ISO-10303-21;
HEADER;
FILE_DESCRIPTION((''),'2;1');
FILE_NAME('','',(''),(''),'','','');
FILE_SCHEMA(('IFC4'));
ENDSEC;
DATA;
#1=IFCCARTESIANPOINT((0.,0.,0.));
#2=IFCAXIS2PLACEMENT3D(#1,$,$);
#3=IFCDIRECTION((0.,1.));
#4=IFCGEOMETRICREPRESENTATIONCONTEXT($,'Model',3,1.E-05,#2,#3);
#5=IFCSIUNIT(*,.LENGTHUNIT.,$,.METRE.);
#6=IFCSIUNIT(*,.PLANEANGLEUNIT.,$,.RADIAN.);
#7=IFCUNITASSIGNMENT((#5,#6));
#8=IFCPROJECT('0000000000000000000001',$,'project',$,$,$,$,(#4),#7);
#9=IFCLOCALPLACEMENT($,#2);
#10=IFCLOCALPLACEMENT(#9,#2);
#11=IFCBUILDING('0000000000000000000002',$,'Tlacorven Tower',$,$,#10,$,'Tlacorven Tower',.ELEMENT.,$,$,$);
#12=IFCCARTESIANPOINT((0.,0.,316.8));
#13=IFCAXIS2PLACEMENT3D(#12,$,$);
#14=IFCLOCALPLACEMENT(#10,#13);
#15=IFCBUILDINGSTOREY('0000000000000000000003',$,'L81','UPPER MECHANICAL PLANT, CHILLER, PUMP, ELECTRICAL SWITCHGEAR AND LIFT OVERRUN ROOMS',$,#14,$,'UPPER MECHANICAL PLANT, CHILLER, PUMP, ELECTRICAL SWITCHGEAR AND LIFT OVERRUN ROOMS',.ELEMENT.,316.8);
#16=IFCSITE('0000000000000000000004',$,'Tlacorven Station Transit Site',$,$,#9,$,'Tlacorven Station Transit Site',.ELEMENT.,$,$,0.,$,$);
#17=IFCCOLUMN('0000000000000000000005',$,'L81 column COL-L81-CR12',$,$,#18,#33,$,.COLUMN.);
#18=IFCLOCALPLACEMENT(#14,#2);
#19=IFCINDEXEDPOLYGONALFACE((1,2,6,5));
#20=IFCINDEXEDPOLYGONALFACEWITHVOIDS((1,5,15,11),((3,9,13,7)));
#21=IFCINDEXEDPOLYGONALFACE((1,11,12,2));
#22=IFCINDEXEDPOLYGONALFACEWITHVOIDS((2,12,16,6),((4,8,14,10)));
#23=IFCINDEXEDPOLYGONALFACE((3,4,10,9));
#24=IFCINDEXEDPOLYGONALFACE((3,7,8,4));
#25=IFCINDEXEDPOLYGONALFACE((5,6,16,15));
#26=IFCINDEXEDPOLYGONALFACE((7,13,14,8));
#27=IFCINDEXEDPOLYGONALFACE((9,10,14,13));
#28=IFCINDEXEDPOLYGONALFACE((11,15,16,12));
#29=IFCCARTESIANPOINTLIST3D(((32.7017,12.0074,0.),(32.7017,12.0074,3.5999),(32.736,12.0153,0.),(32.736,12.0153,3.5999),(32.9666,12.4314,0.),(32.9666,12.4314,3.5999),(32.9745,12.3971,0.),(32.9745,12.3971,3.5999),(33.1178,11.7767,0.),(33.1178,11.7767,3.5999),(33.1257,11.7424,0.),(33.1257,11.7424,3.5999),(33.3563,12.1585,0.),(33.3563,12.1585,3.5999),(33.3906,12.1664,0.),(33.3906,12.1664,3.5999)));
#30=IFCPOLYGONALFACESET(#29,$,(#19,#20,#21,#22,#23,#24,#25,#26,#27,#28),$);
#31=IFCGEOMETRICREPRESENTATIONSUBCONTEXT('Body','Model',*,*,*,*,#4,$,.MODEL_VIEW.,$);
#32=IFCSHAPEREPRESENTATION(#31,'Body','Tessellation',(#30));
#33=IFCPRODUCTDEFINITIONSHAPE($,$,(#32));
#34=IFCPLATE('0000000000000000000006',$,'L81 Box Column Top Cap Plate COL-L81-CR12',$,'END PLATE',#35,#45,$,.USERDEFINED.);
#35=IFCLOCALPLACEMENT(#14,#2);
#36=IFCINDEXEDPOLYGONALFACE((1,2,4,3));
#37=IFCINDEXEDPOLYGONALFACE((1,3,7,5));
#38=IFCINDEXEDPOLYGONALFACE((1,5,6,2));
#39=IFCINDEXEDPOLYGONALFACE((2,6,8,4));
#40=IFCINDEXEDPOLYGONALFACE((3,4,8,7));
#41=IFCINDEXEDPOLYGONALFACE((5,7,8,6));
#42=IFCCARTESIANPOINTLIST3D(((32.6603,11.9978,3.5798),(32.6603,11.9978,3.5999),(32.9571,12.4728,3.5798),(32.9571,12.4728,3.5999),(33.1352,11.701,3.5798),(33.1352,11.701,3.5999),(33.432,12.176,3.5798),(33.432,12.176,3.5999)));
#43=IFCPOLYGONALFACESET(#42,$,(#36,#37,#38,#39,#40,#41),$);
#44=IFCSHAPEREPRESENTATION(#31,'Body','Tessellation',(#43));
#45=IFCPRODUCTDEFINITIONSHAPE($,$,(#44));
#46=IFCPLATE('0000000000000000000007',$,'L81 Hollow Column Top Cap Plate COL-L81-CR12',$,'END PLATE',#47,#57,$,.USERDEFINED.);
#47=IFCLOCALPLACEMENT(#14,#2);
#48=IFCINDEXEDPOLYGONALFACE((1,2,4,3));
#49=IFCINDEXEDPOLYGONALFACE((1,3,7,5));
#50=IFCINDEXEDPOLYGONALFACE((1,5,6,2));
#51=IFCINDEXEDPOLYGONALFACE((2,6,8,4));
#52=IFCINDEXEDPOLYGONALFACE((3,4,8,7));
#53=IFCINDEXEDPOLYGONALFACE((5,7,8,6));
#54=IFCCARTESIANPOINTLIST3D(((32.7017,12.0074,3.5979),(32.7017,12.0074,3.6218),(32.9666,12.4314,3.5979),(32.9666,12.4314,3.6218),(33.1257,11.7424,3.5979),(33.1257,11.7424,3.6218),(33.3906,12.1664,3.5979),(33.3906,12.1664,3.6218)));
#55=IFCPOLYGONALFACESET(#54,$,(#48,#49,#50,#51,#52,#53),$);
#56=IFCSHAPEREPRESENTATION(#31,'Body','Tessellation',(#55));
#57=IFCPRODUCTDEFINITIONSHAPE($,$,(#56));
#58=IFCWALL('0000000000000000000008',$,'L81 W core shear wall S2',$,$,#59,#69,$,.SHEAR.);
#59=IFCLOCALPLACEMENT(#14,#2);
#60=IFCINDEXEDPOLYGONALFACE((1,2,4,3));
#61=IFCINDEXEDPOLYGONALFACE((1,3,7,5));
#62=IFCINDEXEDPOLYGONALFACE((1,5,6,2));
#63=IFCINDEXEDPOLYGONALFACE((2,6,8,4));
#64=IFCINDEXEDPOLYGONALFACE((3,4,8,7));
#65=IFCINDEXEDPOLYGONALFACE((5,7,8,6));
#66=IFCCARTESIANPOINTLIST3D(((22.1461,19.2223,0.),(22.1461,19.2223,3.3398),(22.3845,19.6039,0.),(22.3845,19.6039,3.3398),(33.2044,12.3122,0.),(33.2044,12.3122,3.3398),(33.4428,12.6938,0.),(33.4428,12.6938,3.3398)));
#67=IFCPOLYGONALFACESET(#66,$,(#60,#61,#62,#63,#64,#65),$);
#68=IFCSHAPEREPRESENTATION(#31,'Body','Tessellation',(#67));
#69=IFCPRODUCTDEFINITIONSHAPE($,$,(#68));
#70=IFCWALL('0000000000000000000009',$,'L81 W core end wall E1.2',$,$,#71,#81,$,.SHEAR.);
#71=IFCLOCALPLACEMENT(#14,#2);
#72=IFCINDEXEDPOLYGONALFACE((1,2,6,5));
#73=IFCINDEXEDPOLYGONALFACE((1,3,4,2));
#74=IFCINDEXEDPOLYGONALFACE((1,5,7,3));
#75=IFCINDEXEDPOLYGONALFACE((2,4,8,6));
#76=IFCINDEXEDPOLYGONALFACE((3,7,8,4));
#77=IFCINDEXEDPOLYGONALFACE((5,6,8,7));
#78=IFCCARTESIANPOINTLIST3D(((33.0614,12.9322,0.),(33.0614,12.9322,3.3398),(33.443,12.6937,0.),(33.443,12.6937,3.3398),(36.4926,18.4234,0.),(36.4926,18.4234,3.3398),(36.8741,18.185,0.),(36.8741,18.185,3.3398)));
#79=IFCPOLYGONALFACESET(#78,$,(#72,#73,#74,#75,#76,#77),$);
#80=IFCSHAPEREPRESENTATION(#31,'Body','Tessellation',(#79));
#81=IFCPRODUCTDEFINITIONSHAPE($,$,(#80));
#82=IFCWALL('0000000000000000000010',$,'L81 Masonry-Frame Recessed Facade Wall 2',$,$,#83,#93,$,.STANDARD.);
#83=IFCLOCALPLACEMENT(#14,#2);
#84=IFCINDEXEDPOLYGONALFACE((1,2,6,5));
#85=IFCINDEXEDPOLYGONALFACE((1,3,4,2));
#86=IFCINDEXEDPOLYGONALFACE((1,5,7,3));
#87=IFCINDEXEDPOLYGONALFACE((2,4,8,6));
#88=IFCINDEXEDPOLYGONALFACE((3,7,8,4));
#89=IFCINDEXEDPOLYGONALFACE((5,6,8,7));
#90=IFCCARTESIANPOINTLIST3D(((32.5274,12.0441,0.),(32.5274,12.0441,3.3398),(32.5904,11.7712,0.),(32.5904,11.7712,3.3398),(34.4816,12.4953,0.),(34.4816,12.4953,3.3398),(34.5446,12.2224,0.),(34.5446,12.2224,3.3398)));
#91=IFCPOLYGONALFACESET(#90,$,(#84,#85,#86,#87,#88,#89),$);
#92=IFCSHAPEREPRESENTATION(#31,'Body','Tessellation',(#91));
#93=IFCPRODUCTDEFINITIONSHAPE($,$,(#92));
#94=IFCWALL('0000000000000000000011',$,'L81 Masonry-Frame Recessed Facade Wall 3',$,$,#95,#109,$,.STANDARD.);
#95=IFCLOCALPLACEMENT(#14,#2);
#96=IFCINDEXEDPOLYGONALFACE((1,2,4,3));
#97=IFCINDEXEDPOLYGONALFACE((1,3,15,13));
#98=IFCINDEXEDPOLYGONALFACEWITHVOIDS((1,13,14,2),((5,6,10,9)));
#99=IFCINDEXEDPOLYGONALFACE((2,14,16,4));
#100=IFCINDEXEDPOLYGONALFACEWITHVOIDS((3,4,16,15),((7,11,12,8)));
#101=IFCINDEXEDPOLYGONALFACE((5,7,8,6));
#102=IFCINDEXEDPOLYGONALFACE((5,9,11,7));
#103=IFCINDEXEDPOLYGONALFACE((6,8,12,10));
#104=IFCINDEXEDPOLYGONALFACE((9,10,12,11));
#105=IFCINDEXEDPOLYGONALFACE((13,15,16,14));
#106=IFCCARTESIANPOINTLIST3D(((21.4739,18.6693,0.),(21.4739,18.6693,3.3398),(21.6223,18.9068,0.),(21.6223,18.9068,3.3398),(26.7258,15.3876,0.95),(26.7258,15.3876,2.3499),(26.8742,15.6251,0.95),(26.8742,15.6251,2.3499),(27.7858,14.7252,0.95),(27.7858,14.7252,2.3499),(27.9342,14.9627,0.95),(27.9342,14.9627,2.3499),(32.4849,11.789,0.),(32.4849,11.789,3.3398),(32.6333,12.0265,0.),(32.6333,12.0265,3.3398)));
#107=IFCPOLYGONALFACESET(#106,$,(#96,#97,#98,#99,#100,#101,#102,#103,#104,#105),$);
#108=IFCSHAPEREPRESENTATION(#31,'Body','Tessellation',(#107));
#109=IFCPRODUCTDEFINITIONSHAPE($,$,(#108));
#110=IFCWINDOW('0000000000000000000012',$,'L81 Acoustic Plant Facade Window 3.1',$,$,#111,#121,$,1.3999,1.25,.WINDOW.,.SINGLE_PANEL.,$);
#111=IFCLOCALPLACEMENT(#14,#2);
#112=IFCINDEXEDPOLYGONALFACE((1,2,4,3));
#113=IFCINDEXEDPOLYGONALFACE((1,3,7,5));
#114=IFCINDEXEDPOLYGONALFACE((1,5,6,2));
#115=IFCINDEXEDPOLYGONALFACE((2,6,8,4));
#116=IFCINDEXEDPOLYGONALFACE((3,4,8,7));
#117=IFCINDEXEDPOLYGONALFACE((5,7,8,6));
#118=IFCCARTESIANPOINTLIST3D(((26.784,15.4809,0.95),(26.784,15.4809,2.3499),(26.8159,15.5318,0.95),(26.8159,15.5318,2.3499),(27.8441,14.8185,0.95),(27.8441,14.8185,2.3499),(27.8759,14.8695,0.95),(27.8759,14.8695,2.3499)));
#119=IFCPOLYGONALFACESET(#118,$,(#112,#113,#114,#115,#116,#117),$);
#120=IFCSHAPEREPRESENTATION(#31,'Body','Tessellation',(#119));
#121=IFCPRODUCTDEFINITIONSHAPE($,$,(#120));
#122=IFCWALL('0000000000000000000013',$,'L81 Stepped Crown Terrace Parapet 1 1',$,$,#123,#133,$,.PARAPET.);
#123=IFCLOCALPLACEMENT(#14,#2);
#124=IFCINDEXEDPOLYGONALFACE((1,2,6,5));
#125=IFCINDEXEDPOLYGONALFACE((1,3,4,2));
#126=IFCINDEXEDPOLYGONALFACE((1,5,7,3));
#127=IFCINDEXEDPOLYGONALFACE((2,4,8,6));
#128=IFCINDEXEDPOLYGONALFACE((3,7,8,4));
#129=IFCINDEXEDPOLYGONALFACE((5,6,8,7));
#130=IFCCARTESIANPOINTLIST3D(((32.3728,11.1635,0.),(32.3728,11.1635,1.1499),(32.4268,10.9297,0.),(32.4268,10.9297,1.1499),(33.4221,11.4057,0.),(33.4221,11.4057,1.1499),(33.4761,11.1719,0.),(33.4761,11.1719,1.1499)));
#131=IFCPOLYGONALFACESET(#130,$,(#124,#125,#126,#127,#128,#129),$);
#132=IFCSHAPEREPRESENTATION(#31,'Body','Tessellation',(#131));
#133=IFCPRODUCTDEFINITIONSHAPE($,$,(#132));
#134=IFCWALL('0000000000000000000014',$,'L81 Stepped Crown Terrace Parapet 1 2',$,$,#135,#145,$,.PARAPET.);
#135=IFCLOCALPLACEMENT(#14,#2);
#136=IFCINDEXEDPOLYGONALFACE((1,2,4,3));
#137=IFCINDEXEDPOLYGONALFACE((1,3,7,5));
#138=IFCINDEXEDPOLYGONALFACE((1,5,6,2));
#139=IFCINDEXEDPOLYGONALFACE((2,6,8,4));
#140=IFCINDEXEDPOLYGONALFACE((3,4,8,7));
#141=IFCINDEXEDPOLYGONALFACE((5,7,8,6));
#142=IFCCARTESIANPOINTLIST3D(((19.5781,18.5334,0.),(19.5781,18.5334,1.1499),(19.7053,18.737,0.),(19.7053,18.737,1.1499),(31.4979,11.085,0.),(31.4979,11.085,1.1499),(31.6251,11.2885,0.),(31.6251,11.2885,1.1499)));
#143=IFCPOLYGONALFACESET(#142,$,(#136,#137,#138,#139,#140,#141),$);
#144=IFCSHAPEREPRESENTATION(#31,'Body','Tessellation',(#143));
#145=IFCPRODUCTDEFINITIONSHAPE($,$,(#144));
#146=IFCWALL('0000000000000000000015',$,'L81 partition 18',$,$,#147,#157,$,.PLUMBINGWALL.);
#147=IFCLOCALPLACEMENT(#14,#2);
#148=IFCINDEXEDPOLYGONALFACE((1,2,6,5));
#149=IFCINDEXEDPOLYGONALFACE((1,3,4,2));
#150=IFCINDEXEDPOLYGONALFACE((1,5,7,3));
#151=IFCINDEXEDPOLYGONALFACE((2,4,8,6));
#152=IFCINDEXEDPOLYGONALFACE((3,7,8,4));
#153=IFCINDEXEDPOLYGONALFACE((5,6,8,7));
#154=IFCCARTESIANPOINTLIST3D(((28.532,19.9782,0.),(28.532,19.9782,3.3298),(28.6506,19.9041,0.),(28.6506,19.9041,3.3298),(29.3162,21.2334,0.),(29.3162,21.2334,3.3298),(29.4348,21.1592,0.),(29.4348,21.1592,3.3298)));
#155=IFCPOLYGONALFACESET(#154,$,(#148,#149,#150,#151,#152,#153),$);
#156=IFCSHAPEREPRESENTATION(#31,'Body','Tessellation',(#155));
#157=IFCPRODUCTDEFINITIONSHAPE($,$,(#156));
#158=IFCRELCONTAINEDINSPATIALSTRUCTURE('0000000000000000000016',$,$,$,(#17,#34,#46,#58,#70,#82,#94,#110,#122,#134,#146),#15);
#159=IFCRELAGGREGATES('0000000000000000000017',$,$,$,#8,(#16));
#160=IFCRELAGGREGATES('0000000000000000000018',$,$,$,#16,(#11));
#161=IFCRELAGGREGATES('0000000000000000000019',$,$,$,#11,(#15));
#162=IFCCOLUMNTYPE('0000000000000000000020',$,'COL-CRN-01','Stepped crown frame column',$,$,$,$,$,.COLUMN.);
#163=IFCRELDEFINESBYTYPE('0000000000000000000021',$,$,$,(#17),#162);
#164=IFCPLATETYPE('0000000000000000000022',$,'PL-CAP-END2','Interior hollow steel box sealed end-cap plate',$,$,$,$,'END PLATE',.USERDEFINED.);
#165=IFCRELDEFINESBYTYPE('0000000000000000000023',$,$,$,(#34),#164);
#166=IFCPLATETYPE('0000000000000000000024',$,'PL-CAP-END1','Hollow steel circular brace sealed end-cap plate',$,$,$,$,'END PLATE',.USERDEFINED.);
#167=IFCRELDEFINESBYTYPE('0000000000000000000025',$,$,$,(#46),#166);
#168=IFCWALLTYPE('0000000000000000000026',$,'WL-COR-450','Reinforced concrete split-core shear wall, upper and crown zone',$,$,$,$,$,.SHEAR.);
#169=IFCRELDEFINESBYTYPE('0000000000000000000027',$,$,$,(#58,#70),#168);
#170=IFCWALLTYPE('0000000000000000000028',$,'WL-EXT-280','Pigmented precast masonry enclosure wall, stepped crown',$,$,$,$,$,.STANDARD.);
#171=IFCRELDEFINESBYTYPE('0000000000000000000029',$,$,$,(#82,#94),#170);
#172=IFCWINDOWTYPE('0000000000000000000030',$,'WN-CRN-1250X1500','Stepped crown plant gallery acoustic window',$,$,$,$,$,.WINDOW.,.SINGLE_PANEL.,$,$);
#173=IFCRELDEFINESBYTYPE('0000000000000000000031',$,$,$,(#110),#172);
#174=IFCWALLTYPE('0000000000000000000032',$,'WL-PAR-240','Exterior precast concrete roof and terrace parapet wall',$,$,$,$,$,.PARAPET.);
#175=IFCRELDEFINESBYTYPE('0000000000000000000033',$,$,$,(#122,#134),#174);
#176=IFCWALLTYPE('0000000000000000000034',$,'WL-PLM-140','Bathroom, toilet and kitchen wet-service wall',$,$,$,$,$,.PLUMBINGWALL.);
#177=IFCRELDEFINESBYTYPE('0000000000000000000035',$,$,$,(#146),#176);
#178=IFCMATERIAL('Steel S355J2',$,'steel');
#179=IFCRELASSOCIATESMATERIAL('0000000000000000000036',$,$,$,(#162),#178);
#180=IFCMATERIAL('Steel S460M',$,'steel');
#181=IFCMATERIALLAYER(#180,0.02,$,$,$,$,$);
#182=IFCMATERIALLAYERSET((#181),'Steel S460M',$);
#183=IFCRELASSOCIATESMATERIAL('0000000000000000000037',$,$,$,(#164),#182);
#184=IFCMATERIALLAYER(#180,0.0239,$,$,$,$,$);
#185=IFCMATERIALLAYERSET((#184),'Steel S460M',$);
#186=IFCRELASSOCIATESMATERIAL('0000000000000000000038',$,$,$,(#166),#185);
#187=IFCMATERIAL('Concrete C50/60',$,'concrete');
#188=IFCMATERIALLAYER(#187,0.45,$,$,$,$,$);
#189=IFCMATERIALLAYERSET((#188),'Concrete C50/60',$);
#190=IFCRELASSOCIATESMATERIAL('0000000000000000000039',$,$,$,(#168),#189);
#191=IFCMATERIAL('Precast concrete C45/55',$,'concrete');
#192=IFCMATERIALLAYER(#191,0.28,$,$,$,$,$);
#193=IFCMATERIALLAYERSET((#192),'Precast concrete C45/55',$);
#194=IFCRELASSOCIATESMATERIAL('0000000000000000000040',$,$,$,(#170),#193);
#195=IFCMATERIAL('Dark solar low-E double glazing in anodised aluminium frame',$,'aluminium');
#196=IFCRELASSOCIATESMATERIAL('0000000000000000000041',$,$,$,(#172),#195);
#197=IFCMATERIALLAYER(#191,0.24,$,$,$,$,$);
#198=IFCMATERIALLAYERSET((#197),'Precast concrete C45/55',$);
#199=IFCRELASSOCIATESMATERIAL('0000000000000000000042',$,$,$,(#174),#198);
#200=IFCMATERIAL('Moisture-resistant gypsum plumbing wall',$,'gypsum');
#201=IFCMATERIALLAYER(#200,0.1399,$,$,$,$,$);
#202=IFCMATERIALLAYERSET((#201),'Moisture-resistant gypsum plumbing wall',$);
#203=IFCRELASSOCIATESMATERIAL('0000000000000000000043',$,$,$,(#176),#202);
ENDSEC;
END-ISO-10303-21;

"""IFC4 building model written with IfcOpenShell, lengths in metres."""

from ifc_helpers import new_model, si_unit, direction, frame, frame_2d, origin, origin_2d, place, context, subcontext, project, spatial, rectangle, hollow_rectangle, extrude, source, transform, mapped, material, layer, layer_set, material_profile, profile_set, type_object, element, fill, save


model = new_model("IFC4")

# Units and contexts
model_context = context("Model", 3, precision=1e-05, world=origin(), true_north=direction((0.0, 1.0)))
body_context = subcontext(model_context, "Body", "Model", "MODEL_VIEW")
ifc_project = project(units=[si_unit("LENGTHUNIT", "METRE"), si_unit("PLANEANGLEUNIT", "RADIAN")], contexts=[model_context])

# Site, building, storey
site_placement = place(None, origin())
site = spatial("IfcSite", under=ifc_project, at=site_placement, Name="Tlacorven Station Transit Site", LongName="Tlacorven Station Transit Site", CompositionType="ELEMENT", RefElevation=0.0)
building_placement = place(site_placement, origin())
building = spatial("IfcBuilding", under=site, at=building_placement, Name="Tlacorven Tower", LongName="Tlacorven Tower", CompositionType="ELEMENT")
storey_placement = place(building_placement, frame((0.0, 0.0, 316.8)))
storey = spatial("IfcBuildingStorey", under=building, at=storey_placement, Name="L81", Description="UPPER MECHANICAL PLANT, CHILLER, PUMP, ELECTRICAL SWITCHGEAR AND LIFT OVERRUN ROOMS", LongName="UPPER MECHANICAL PLANT, CHILLER, PUMP, ELECTRICAL SWITCHGEAR AND LIFT OVERRUN ROOMS", CompositionType="ELEMENT", Elevation=316.8)

# Column
ifc_material_1 = material(Name="Steel S355J2", Category="steel")
ifc_material_profile = material_profile(ifc_material_1, hollow_rectangle(XDim=0.5, YDim=0.5, WallThickness=0.0249, at=origin_2d()), Name="BOX 500X500X25")
ifc_profile_set = profile_set([ifc_material_profile], Name="Steel S355J2")
column_type = type_object("IfcColumnType", Name="COL-CRN-01", Description="Stepped crown frame column", PredefinedType="COLUMN", material=ifc_profile_set)
shared_shape_1 = source(origin(), body_context, "Body", "SweptSolid", [
    extrude(hollow_rectangle(XDim=0.5, YDim=0.5, WallThickness=0.0249, at=origin_2d()), origin(), (0.0, 0.0, 1.0), 3.5999),
])
column_placement = place(storey_placement, frame((33.0461, 12.0869, 0.0), z_axis=(0.0, 0.0, 1.0), x_axis=(-0.848048, 0.529919, 0.0)))
element("IfcColumn", 1, at=column_placement, inside=storey, type_object=column_type, Name="L81 column COL-L81-CR12", PredefinedType="COLUMN", context=body_context, shape_type="MappedRepresentation", body=[
    mapped(shared_shape_1, transform((0.0, 0.0, 0.0), scale=1.0)),
])

# Plates
ifc_material_2 = material(Name="Steel S460M", Category="steel")
ifc_layer_1 = layer(ifc_material_2, 0.02)
ifc_layer_set_1 = layer_set([ifc_layer_1], Name="Steel S460M")
plate_type_1 = type_object("IfcPlateType", Name="PL-CAP-END2", Description="Interior hollow steel box sealed end-cap plate", ElementType="END PLATE", PredefinedType="USERDEFINED", material=ifc_layer_set_1)
shared_shape_2 = source(origin(), body_context, "Body", "SweptSolid", [
    extrude(rectangle(XDim=0.5601, YDim=0.5601, at=origin_2d()), origin(), (0.0, 0.0, 1.0), 0.02),
])
plate_1_placement = place(storey_placement, frame((33.0461, 12.0869, 3.5798), z_axis=(0.0, 0.0, 1.0), x_axis=(-0.848048, 0.529919, 0.0)))
element("IfcPlate", 2, at=plate_1_placement, inside=storey, type_object=plate_type_1, Name="L81 Box Column Top Cap Plate COL-L81-CR12", ObjectType="END PLATE", PredefinedType="USERDEFINED", context=body_context, shape_type="MappedRepresentation", body=[
    mapped(shared_shape_2, transform((0.0, 0.0, 0.0), scale=1.0)),
])
ifc_layer_2 = layer(ifc_material_2, 0.0239)
ifc_layer_set_2 = layer_set([ifc_layer_2], Name="Steel S460M")
plate_type_2 = type_object("IfcPlateType", Name="PL-CAP-END1", Description="Hollow steel circular brace sealed end-cap plate", ElementType="END PLATE", PredefinedType="USERDEFINED", material=ifc_layer_set_2)
shared_shape_3 = source(origin(), body_context, "Body", "SweptSolid", [
    extrude(rectangle(XDim=0.5, YDim=0.5, at=origin_2d()), origin(), (0.0, 0.0, 1.0), 0.0239),
])
plate_2_placement = place(storey_placement, frame((33.0461, 12.0869, 3.5979), z_axis=(0.0, 0.0, 1.0), x_axis=(-0.848048, 0.529919, 0.0)))
element("IfcPlate", 3, at=plate_2_placement, inside=storey, type_object=plate_type_2, Name="L81 Hollow Column Top Cap Plate COL-L81-CR12", ObjectType="END PLATE", PredefinedType="USERDEFINED", context=body_context, shape_type="MappedRepresentation", body=[
    mapped(shared_shape_3, transform((0.0, 0.0, 0.0), scale=1.0)),
])

# Walls
ifc_material_3 = material(Name="Concrete C50/60", Category="concrete")
ifc_layer_3 = layer(ifc_material_3, 0.45)
ifc_layer_set_3 = layer_set([ifc_layer_3], Name="Concrete C50/60")
wall_type_1 = type_object("IfcWallType", Name="WL-COR-450", Description="Reinforced concrete split-core shear wall, upper and crown zone", PredefinedType="SHEAR", material=ifc_layer_set_3)
wall_1_placement = place(storey_placement, frame((33.3237, 12.5029, 0.0), z_axis=(0.0, 0.0, 1.0), x_axis=(-0.848044, 0.529927, 0.0)))
element("IfcWall", 4, at=wall_1_placement, inside=storey, type_object=wall_type_1, Name="L81 W core shear wall S2", PredefinedType="SHEAR", context=body_context, shape_type="SweptSolid", body=[
    extrude(rectangle(XDim=13.0398, YDim=0.45, at=frame_2d((6.52, 0.0))), origin(), (0.0, 0.0, 1.0), 3.3398),
])
wall_2_placement = place(storey_placement, frame((36.6833, 18.3042, 0.0), z_axis=(0.0, 0.0, 1.0), x_axis=(-0.529904, -0.848058, 0.0)))
element("IfcWall", 5, at=wall_2_placement, inside=storey, type_object=wall_type_1, Name="L81 W core end wall E1.2", PredefinedType="SHEAR", context=body_context, shape_type="SweptSolid", body=[
    extrude(rectangle(XDim=6.4751, YDim=0.45, at=frame_2d((3.2375, 0.0))), origin(), (0.0, 0.0, 1.0), 3.3398),
])
ifc_material_4 = material(Name="Precast concrete C45/55", Category="concrete")
ifc_layer_4 = layer(ifc_material_4, 0.28)
ifc_layer_set_4 = layer_set([ifc_layer_4], Name="Precast concrete C45/55")
wall_type_2 = type_object("IfcWallType", Name="WL-EXT-280", Description="Pigmented precast masonry enclosure wall, stepped crown", PredefinedType="STANDARD", material=ifc_layer_set_4)
wall_3_placement = place(storey_placement, frame((34.5132, 12.3589, 0.0), z_axis=(0.0, 0.0, 1.0), x_axis=(-0.974367, -0.224966, 0.0)))
element("IfcWall", 6, at=wall_3_placement, inside=storey, type_object=wall_type_2, Name="L81 Masonry-Frame Recessed Facade Wall 2", PredefinedType="STANDARD", context=body_context, shape_type="SweptSolid", body=[
    extrude(rectangle(XDim=2.0056, YDim=0.28, at=frame_2d((1.0029, 0.0))), origin(), (0.0, 0.0, 1.0), 3.3398),
])

# Wall, opening, window
wall_4_placement = place(storey_placement, frame((32.5591, 11.9077, 0.0), z_axis=(0.0, 0.0, 1.0), x_axis=(-0.84805, 0.529916, 0.0)))
wall_4 = element("IfcWall", 7, at=wall_4_placement, inside=storey, type_object=wall_type_2, Name="L81 Masonry-Frame Recessed Facade Wall 3", PredefinedType="STANDARD", context=body_context, shape_type="SweptSolid", body=[
    extrude(rectangle(XDim=12.9839, YDim=0.28, at=frame_2d((6.4919, 0.0))), origin(), (0.0, 0.0, 1.0), 3.3398),
])
opening_1_placement = place(wall_4_placement, frame((5.541, 0.0, 0.95)))
opening_1 = element("IfcOpeningElement", 8, at=opening_1_placement, cuts=wall_4, PredefinedType="OPENING", context=body_context, shape_type="SweptSolid", body=[
    extrude(rectangle(XDim=1.25, YDim=1.3999, at=frame_2d((0.625, 0.7))), frame((0.0, 0.1499, 0.0), z_axis=(0.0, -1.0, 0.0), x_axis=(1.0, 0.0, 0.0)), (0.0, 0.0, 1.0), 0.3),
])
ifc_material_5 = material(Name="Dark solar low-E double glazing in anodised aluminium frame", Category="aluminium")
window_type = type_object("IfcWindowType", Name="WN-CRN-1250X1500", Description="Stepped crown plant gallery acoustic window", PartitioningType="SINGLE_PANEL", PredefinedType="WINDOW", material=ifc_material_5)
shared_shape_4 = source(origin(), body_context, "Body", "SweptSolid", [
    extrude(rectangle(XDim=1.25, YDim=1.3999, at=frame_2d((0.625, 0.7))), frame((0.0, 0.03, 0.0), z_axis=(0.0, -1.0, 0.0), x_axis=(1.0, 0.0, 0.0)), (0.0, 0.0, 1.0), 0.0601),
])
window_placement = place(opening_1_placement, origin())
window = element("IfcWindow", 9, at=window_placement, inside=storey, type_object=window_type, Name="L81 Acoustic Plant Facade Window 3.1", OverallHeight=1.3999, OverallWidth=1.25, PartitioningType="SINGLE_PANEL", PredefinedType="WINDOW", context=body_context, shape_type="MappedRepresentation", body=[
    mapped(shared_shape_4, transform((0.0, 0.0, 0.0), scale=1.0)),
])
fill(opening_1, window)

# Walls
ifc_layer_5 = layer(ifc_material_4, 0.24)
ifc_layer_set_5 = layer_set([ifc_layer_5], Name="Precast concrete C45/55")
wall_type_3 = type_object("IfcWallType", Name="WL-PAR-240", Description="Exterior precast concrete roof and terrace parapet wall", PredefinedType="PARAPET", material=ifc_layer_set_5)
wall_5_placement = place(storey_placement, frame((33.4492, 11.2888, 0.0), z_axis=(0.0, 0.0, 1.0), x_axis=(-0.974384, -0.224893, 0.0)))
element("IfcWall", 10, at=wall_5_placement, inside=storey, type_object=wall_type_3, Name="L81 Stepped Crown Terrace Parapet 1 1", PredefinedType="PARAPET", context=body_context, shape_type="SweptSolid", body=[
    extrude(rectangle(XDim=1.0769, YDim=0.24, at=frame_2d((0.5386, 0.0))), origin(), (0.0, 0.0, 1.0), 1.1499),
])
wall_6_placement = place(storey_placement, frame((31.5615, 11.1868, 0.0), z_axis=(0.0, 0.0, 1.0), x_axis=(-0.848045, 0.529924, 0.0)))
element("IfcWall", 11, at=wall_6_placement, inside=storey, type_object=wall_type_3, Name="L81 Stepped Crown Terrace Parapet 1 2", PredefinedType="PARAPET", context=body_context, shape_type="SweptSolid", body=[
    extrude(rectangle(XDim=14.0557, YDim=0.24, at=frame_2d((7.0278, 0.0))), origin(), (0.0, 0.0, 1.0), 1.1499),
])
ifc_material_6 = material(Name="Moisture-resistant gypsum plumbing wall", Category="gypsum")
ifc_layer_6 = layer(ifc_material_6, 0.1399)
ifc_layer_set_6 = layer_set([ifc_layer_6], Name="Moisture-resistant gypsum plumbing wall")
wall_type_4 = type_object("IfcWallType", Name="WL-PLM-140", Description="Bathroom, toilet and kitchen wet-service wall", PredefinedType="PLUMBINGWALL", material=ifc_layer_set_6)
wall_7_placement = place(storey_placement, frame((29.3755, 21.1963, 0.0), z_axis=(0.0, 0.0, 1.0), x_axis=(-0.529865, -0.848082, 0.0)))
element("IfcWall", 12, at=wall_7_placement, inside=storey, type_object=wall_type_4, Name="L81 partition 18", PredefinedType="PLUMBINGWALL", context=body_context, shape_type="SweptSolid", body=[
    extrude(rectangle(XDim=1.48, YDim=0.1399, at=frame_2d((0.74, 0.0))), origin(), (0.0, 0.0, 1.0), 3.3298),
])

save(model, "model.ifc")
